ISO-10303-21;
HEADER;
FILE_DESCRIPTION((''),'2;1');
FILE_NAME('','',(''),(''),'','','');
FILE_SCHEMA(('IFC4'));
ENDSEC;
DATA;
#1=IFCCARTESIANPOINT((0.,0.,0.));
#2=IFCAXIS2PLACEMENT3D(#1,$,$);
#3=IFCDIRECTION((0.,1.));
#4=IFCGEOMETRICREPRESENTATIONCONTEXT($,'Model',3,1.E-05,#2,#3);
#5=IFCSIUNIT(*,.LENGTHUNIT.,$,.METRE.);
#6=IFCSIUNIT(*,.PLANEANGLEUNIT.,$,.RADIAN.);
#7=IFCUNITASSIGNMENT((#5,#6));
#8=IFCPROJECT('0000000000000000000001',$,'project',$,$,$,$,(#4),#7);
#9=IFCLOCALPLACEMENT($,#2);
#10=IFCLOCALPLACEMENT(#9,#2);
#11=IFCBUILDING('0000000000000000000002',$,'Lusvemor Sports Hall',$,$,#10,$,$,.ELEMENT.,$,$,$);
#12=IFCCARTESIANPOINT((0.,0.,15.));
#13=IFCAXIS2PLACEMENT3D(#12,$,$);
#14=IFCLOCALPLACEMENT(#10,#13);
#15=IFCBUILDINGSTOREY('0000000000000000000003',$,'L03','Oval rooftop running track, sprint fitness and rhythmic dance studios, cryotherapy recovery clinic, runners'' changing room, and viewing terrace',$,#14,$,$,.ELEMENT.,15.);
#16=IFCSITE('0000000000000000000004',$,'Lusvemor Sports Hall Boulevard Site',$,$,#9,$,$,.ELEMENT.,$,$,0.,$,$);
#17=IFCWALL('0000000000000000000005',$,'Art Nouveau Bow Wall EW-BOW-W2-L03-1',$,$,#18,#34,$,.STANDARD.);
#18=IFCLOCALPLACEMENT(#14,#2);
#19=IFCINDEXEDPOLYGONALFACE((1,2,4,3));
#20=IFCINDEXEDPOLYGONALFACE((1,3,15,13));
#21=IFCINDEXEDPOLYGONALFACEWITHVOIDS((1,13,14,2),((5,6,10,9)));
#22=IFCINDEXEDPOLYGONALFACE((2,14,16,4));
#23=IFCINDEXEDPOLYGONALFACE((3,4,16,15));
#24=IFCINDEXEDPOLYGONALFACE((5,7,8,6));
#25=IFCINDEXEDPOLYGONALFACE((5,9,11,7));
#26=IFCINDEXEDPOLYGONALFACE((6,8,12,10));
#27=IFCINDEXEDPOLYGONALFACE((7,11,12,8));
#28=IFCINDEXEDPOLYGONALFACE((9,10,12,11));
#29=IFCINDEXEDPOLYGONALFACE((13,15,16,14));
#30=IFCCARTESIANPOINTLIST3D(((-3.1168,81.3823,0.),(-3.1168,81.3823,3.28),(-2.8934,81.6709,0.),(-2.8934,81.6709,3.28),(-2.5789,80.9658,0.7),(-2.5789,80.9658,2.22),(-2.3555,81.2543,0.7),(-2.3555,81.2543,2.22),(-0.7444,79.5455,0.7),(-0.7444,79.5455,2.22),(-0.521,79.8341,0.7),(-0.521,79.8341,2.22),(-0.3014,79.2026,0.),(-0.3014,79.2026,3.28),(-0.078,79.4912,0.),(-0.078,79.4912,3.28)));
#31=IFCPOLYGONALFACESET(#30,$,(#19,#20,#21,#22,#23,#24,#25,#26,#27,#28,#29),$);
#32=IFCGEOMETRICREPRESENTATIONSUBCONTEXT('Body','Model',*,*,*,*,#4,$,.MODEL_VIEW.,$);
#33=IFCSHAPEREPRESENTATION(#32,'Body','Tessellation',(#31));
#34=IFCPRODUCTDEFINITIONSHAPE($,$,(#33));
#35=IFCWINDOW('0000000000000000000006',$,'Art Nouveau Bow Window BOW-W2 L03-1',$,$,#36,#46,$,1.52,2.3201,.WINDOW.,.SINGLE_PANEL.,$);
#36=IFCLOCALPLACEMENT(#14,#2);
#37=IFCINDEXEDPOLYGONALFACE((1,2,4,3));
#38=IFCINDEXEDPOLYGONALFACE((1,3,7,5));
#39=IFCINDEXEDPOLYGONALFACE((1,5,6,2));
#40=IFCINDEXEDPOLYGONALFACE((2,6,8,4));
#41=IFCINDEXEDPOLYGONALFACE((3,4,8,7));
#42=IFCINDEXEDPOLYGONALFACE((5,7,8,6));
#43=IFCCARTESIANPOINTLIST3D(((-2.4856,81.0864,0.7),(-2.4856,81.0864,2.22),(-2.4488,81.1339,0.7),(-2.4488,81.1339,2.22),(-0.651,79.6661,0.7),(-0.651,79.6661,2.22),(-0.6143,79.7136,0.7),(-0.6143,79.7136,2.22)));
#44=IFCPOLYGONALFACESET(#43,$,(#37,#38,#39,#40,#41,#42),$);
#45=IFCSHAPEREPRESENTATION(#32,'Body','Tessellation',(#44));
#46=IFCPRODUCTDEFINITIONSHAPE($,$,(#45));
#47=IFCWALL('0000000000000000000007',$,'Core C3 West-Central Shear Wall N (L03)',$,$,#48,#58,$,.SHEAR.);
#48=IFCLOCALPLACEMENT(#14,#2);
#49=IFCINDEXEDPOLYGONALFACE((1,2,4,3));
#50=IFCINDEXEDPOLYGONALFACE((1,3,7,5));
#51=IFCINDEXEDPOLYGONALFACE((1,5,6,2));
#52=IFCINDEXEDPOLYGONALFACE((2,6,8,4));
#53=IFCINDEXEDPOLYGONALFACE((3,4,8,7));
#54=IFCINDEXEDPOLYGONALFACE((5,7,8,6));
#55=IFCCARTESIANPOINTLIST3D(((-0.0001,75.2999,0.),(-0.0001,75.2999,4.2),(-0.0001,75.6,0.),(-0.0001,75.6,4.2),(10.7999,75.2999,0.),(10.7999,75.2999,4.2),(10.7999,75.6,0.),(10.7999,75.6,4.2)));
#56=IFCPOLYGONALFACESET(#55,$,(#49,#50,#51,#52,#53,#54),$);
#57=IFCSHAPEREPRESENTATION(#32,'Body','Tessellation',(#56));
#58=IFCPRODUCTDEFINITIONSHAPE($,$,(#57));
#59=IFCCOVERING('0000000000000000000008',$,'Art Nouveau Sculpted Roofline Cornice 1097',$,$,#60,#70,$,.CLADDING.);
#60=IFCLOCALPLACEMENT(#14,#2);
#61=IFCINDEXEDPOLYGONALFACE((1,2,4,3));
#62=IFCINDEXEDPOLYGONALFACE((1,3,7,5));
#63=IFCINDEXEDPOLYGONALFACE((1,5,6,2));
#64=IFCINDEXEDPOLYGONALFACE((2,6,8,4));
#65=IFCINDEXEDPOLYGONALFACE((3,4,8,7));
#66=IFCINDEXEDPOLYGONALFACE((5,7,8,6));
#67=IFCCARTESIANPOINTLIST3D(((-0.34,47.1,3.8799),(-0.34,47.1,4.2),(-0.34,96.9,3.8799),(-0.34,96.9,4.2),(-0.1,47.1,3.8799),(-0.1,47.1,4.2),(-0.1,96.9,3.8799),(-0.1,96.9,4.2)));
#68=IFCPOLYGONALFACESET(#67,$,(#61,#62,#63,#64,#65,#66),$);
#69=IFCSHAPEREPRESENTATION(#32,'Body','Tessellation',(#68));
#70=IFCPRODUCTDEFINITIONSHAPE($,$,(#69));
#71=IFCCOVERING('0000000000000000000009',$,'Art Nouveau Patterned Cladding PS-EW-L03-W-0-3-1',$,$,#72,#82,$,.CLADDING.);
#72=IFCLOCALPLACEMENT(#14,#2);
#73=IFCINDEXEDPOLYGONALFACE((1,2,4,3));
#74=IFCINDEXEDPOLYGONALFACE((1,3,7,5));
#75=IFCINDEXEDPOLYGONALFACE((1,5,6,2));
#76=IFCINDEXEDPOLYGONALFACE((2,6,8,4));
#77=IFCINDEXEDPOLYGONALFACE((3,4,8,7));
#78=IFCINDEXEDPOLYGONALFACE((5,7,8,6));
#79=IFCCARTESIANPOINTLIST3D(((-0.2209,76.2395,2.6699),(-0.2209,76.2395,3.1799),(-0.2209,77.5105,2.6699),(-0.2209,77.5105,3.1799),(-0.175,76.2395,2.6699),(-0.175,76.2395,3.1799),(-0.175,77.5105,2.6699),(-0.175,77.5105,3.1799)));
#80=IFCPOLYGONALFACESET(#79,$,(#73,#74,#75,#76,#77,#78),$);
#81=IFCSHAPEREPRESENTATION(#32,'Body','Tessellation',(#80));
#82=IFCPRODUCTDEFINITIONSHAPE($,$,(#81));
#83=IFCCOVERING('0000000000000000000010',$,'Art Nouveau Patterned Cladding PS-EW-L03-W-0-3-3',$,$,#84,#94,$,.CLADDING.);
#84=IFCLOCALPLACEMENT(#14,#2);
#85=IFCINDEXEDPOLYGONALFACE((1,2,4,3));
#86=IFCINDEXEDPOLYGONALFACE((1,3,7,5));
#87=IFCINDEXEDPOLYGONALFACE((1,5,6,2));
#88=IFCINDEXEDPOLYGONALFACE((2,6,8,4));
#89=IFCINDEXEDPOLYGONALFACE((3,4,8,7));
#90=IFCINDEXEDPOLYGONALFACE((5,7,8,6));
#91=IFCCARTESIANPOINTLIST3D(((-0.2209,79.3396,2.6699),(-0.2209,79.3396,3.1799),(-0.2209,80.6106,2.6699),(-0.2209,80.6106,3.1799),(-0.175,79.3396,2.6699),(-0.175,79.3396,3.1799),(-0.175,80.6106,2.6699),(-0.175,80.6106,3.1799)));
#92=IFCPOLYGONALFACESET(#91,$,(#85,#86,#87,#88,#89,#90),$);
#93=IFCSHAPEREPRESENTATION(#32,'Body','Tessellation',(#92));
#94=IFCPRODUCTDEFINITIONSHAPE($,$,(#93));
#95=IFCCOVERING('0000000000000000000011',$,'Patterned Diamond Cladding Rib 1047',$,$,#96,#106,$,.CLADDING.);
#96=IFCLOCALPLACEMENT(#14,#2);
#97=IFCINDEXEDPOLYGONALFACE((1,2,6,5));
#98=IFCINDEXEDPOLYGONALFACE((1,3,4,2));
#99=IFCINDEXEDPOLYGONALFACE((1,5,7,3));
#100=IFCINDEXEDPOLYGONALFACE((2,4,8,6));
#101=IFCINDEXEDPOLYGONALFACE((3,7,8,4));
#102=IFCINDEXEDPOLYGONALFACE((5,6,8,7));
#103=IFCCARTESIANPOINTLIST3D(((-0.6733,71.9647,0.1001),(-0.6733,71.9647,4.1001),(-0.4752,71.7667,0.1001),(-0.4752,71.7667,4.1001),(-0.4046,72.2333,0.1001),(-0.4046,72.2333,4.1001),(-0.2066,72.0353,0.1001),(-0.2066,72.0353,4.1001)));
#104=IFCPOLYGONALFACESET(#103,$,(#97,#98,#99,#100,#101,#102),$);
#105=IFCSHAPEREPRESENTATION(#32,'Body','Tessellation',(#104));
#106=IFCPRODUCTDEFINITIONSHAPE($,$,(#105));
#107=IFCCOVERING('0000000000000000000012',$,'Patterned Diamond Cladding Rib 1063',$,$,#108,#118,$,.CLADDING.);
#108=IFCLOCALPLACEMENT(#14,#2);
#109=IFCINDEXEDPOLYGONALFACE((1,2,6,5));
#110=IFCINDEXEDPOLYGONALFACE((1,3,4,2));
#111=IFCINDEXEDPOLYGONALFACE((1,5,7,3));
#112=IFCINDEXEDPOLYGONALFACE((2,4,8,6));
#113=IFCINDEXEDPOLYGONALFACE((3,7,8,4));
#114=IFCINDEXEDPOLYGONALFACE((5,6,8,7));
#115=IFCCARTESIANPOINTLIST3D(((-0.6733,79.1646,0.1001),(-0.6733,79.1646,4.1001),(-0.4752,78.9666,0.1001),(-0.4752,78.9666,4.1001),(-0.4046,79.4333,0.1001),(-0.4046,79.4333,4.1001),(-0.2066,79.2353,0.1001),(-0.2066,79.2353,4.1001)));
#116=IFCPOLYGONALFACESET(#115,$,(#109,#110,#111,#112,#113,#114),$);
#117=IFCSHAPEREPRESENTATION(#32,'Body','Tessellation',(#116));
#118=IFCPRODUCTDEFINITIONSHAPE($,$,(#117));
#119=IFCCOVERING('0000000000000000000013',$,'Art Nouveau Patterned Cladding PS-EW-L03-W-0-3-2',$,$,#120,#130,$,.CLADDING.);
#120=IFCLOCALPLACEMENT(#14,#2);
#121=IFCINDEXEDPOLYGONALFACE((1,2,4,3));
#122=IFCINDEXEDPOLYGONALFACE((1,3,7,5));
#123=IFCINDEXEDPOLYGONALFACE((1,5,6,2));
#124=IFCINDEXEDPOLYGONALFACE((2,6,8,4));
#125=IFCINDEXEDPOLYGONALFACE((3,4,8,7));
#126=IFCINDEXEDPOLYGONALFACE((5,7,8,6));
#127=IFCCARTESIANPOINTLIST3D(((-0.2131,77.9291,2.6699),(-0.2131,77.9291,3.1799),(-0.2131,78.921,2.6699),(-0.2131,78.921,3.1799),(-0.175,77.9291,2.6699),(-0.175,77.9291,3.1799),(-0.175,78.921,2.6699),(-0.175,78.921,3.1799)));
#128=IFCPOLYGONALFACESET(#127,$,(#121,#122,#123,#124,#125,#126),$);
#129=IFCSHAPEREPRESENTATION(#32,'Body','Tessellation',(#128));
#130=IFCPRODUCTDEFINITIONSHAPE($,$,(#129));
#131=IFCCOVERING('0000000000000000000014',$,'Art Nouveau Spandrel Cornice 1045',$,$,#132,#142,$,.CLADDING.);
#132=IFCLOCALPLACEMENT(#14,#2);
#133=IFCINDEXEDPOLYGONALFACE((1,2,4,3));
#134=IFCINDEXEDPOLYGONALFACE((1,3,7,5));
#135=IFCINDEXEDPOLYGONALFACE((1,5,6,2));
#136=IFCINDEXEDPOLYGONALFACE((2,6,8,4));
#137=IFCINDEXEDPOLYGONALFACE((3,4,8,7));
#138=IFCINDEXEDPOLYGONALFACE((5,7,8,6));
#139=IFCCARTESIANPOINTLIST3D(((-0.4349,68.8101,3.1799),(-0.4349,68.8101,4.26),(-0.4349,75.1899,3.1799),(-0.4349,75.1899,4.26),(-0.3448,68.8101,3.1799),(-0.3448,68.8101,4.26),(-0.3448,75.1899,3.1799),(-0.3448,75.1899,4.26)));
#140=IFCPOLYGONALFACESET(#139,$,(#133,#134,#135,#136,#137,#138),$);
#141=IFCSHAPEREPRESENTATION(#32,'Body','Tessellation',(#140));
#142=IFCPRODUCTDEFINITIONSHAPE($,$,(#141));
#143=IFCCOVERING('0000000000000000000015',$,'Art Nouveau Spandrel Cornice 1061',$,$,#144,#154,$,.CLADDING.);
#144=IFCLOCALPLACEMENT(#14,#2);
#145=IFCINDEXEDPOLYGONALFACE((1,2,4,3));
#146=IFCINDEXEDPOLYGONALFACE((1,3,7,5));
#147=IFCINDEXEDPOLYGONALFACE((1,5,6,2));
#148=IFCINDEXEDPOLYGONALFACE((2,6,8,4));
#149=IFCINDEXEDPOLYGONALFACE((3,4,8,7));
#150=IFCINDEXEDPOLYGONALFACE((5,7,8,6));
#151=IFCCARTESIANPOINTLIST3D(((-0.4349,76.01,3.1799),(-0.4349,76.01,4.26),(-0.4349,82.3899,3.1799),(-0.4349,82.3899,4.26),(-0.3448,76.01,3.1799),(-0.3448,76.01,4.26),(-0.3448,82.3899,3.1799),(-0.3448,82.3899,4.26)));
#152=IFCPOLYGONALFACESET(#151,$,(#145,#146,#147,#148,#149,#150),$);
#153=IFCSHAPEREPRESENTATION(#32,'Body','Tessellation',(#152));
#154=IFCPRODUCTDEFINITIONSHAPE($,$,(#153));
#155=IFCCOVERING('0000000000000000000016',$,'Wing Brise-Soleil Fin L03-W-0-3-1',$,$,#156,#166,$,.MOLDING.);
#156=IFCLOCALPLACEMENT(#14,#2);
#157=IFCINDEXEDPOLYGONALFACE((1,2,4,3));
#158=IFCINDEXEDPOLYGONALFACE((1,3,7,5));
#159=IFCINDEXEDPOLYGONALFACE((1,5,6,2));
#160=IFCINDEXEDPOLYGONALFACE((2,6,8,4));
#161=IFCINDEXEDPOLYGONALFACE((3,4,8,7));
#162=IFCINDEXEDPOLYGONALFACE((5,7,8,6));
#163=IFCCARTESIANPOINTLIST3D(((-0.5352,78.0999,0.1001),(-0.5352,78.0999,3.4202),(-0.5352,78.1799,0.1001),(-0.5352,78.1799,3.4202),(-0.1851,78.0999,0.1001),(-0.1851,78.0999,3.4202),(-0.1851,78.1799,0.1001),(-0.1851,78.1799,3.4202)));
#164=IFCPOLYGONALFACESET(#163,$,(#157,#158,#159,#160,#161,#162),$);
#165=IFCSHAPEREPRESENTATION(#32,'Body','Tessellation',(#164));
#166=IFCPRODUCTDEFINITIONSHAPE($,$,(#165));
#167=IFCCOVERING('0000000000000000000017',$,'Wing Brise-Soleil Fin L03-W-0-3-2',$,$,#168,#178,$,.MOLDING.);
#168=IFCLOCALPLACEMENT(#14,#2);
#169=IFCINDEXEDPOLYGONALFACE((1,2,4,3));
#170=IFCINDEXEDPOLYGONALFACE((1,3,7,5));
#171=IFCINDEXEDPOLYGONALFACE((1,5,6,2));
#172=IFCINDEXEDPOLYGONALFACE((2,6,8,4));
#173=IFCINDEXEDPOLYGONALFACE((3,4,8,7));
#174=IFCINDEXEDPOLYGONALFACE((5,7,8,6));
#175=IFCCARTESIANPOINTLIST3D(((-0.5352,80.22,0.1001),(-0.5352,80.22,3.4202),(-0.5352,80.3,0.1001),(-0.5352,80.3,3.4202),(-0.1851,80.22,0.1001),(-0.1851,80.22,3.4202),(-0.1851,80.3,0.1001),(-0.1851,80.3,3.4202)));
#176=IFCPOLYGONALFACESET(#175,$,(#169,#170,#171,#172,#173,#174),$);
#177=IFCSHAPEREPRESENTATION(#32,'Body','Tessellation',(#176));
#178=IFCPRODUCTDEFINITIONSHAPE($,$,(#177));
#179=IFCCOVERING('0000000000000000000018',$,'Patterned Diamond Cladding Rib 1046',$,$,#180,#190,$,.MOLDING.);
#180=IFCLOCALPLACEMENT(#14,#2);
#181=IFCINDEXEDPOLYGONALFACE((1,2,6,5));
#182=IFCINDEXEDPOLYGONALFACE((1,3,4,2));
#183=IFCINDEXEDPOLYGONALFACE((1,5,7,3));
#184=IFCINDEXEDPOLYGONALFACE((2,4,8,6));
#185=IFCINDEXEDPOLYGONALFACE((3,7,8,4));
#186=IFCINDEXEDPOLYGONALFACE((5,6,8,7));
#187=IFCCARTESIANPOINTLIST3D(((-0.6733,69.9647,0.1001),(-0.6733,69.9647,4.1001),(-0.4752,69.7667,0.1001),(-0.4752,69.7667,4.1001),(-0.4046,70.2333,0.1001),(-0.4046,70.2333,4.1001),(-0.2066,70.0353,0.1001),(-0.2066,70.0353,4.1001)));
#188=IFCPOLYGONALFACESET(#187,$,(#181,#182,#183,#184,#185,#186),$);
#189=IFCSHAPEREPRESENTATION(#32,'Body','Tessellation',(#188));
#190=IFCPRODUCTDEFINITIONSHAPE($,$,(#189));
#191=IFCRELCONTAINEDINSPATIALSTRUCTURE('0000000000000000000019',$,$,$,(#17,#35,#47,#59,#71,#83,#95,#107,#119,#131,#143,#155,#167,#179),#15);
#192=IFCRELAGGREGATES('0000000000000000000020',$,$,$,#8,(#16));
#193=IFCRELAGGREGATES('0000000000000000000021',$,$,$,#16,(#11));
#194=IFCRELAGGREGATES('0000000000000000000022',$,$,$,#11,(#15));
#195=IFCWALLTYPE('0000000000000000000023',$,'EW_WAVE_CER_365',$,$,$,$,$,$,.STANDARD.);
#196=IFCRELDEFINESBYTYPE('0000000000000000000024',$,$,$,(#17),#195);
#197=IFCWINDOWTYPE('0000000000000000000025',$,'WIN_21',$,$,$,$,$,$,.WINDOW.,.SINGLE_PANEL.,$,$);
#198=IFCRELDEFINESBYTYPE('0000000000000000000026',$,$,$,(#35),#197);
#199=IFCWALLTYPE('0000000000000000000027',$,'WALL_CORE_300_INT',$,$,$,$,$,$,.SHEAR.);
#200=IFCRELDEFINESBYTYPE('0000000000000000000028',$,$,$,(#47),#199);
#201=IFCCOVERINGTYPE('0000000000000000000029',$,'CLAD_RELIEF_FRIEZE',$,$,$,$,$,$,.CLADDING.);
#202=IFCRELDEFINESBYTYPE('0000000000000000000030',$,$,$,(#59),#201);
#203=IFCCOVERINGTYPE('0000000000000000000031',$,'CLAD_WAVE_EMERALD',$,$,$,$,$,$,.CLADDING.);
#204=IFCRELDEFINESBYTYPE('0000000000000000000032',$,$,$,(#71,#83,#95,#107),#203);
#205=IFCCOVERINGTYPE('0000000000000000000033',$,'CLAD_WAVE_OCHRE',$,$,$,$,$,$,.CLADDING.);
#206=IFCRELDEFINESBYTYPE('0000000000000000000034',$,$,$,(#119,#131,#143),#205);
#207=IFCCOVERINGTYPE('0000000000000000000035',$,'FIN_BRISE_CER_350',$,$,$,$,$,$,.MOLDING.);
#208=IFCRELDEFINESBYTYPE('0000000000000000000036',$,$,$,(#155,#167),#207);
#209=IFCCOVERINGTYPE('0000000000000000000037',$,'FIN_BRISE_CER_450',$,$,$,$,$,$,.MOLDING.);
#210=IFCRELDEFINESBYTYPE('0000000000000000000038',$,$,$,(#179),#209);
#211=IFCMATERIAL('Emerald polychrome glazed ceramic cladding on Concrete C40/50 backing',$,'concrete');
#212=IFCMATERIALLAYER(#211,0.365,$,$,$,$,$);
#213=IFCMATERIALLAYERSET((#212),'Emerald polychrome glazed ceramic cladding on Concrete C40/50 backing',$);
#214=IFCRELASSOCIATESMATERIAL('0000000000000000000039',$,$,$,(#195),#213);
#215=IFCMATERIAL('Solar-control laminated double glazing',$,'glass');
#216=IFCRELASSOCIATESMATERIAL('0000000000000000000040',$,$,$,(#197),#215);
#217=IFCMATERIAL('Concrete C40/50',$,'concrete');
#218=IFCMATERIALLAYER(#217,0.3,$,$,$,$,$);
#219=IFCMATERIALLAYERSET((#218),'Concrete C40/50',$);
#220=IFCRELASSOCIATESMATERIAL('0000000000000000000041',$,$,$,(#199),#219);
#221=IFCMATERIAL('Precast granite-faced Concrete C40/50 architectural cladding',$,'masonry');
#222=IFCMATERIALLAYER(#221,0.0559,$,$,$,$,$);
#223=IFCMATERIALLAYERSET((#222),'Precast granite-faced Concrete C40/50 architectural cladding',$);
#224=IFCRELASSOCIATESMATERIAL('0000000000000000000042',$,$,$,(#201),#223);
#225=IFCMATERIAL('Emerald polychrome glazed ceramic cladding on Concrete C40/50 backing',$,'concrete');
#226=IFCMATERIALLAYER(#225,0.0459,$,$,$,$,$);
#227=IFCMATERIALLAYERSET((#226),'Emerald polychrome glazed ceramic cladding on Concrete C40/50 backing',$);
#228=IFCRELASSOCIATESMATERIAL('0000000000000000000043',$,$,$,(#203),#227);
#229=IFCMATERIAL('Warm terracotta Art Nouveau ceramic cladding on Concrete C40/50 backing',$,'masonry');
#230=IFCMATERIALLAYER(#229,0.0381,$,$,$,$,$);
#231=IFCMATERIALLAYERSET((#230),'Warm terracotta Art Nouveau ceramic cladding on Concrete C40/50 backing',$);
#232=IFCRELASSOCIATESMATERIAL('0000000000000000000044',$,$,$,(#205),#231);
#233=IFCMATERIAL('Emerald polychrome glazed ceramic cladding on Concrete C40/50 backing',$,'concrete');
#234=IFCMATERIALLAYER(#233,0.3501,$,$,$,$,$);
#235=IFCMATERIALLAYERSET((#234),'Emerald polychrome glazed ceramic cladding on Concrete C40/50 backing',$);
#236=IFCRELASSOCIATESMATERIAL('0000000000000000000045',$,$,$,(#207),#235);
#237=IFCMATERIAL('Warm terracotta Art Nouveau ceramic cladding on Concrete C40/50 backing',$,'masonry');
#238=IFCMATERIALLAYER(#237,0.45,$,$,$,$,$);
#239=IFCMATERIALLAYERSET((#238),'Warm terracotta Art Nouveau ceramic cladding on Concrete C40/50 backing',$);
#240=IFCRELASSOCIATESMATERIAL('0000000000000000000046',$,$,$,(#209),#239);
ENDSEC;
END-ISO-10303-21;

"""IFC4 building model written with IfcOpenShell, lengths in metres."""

from ifc_helpers import new_model, si_unit, direction, frame, frame_2d, origin, origin_2d, place, context, subcontext, project, spatial, rectangle, extrude, material, layer, layer_set, type_object, element, fill, save


model = new_model("IFC4")

# Units and contexts
model_context = context("Model", 3, precision=1e-05, world=origin(), true_north=direction((0.0, 1.0)))
body_context = subcontext(model_context, "Body", "Model", "MODEL_VIEW")
ifc_project = project(units=[si_unit("LENGTHUNIT", "METRE"), si_unit("PLANEANGLEUNIT", "RADIAN")], contexts=[model_context])

# Site, building, storey
site_placement = place(None, origin())
site = spatial("IfcSite", under=ifc_project, at=site_placement, Name="Lusvemor Sports Hall Boulevard Site", CompositionType="ELEMENT", RefElevation=0.0)
building_placement = place(site_placement, origin())
building = spatial("IfcBuilding", under=site, at=building_placement, Name="Lusvemor Sports Hall", CompositionType="ELEMENT")
storey_placement = place(building_placement, frame((0.0, 0.0, 15.0)))
storey = spatial("IfcBuildingStorey", under=building, at=storey_placement, Name="L03", Description="Oval rooftop running track, sprint fitness and rhythmic dance studios, cryotherapy recovery clinic, runners' changing room, and viewing terrace", CompositionType="ELEMENT", Elevation=15.0)

# Wall, opening, window
ifc_material_1 = material(Name="Emerald polychrome glazed ceramic cladding on Concrete C40/50 backing", Category="concrete")
ifc_layer_1 = layer(ifc_material_1, 0.365)
ifc_layer_set_1 = layer_set([ifc_layer_1], Name="Emerald polychrome glazed ceramic cladding on Concrete C40/50 backing")
wall_type_1 = type_object("IfcWallType", Name="EW_WAVE_CER_365", PredefinedType="STANDARD", material=ifc_layer_set_1)
wall_1_placement = place(storey_placement, frame((-0.1897, 79.3469, 0.0), z_axis=(0.0, 0.0, 1.0), x_axis=(-0.790724, 0.612173, 0.0)))
wall_1 = element("IfcWall", 1, at=wall_1_placement, inside=storey, type_object=wall_type_1, Name="Art Nouveau Bow Wall EW-BOW-W2-L03-1", PredefinedType="STANDARD", context=body_context, shape_type="SweptSolid", body=[
    extrude(rectangle(XDim=3.5605, YDim=0.365, at=frame_2d((1.7803, 0.0))), origin(), (0.0, 0.0, 1.0), 3.28),
])
opening_1_placement = place(wall_1_placement, frame((0.5601, 0.0, 0.7)))
opening_1 = element("IfcOpeningElement", 2, at=opening_1_placement, cuts=wall_1, PredefinedType="OPENING", context=body_context, shape_type="SweptSolid", body=[
    extrude(rectangle(XDim=2.3201, YDim=1.52, at=frame_2d((1.1602, 0.76))), frame((0.0, 0.1826, 0.0), z_axis=(0.0, -1.0, 0.0), x_axis=(1.0, 0.0, 0.0)), (0.0, 0.0, 1.0), 0.365),
])
ifc_material_2 = material(Name="Solar-control laminated double glazing", Category="glass")
window_type_1 = type_object("IfcWindowType", Name="WIN_21", PartitioningType="SINGLE_PANEL", PredefinedType="WINDOW", material=ifc_material_2)
window_1_placement = place(opening_1_placement, origin())
window_1 = element("IfcWindow", 3, at=window_1_placement, inside=storey, type_object=window_type_1, Name="Art Nouveau Bow Window BOW-W2 L03-1", OverallHeight=1.52, OverallWidth=2.3201, PartitioningType="SINGLE_PANEL", PredefinedType="WINDOW", context=body_context, shape_type="SweptSolid", body=[
    extrude(rectangle(XDim=2.3201, YDim=1.52, at=frame_2d((1.1602, 0.76))), frame((0.0, 0.03, 0.0), z_axis=(0.0, -1.0, 0.0), x_axis=(1.0, 0.0, 0.0)), (0.0, 0.0, 1.0), 0.0601),
])
fill(opening_1, window_1)

# Wall
ifc_material_3 = material(Name="Concrete C40/50", Category="concrete")
ifc_layer_2 = layer(ifc_material_3, 0.3)
ifc_layer_set_2 = layer_set([ifc_layer_2], Name="Concrete C40/50")
wall_type_2 = type_object("IfcWallType", Name="WALL_CORE_300_INT", PredefinedType="SHEAR", material=ifc_layer_set_2)
wall_2_placement = place(storey_placement, frame((0.0, 75.45, 0.0), z_axis=(0.0, 0.0, 1.0), x_axis=(1.0, 0.0, 0.0)))
element("IfcWall", 4, at=wall_2_placement, inside=storey, type_object=wall_type_2, Name="Core C3 West-Central Shear Wall N (L03)", PredefinedType="SHEAR", context=body_context, shape_type="SweptSolid", body=[
    extrude(rectangle(XDim=10.8, YDim=0.3, at=frame_2d((5.3999, 0.0))), origin(), (0.0, 0.0, 1.0), 4.2),
])

# Coverings
ifc_material_4 = material(Name="Precast granite-faced Concrete C40/50 architectural cladding", Category="masonry")
ifc_layer_3 = layer(ifc_material_4, 0.0559)
ifc_layer_set_3 = layer_set([ifc_layer_3], Name="Precast granite-faced Concrete C40/50 architectural cladding")
covering_type_1 = type_object("IfcCoveringType", Name="CLAD_RELIEF_FRIEZE", PredefinedType="CLADDING", material=ifc_layer_set_3)
covering_1_placement = place(storey_placement, frame((-0.22, 72.0, 3.8799), z_axis=(0.0, 0.0, 1.0), x_axis=(1.0, 0.0, 0.0)))
element("IfcCovering", 5, at=covering_1_placement, inside=storey, type_object=covering_type_1, Name="Art Nouveau Sculpted Roofline Cornice 1097", PredefinedType="CLADDING", context=body_context, shape_type="SweptSolid", body=[
    extrude(rectangle(XDim=0.24, YDim=49.8, at=origin_2d()), origin(), (0.0, 0.0, 1.0), 0.3201),
])
ifc_material_5 = material(Name="Emerald polychrome glazed ceramic cladding on Concrete C40/50 backing", Category="concrete")
ifc_layer_4 = layer(ifc_material_5, 0.0459)
ifc_layer_set_4 = layer_set([ifc_layer_4], Name="Emerald polychrome glazed ceramic cladding on Concrete C40/50 backing")
covering_type_2 = type_object("IfcCoveringType", Name="CLAD_WAVE_EMERALD", PredefinedType="CLADDING", material=ifc_layer_set_4)
for number, where, z_axis, x_axis, name in (
    (6, (-0.198, 76.875, 2.6699), (0.0, 0.0, 1.0), (1.0, 0.0, 0.0), "Art Nouveau Patterned Cladding PS-EW-L03-W-0-3-1"),
    (7, (-0.198, 79.9751, 2.6699), (0.0, 0.0, 1.0), (1.0, 0.0, 0.0), "Art Nouveau Patterned Cladding PS-EW-L03-W-0-3-3"),
):
    element("IfcCovering", number, at=place(storey_placement, frame(where, z_axis=z_axis, x_axis=x_axis)), inside=storey, type_object=covering_type_2, Name=name, PredefinedType="CLADDING", context=body_context, shape_type="SweptSolid", body=[
        extrude(rectangle(XDim=0.0459, YDim=1.271, at=origin_2d()), origin(), (0.0, 0.0, 1.0), 0.51),
    ])
for number, where, z_axis, x_axis, name in (
    (8, (-0.4399, 72.0, 0.1001), (0.0, 0.0, 1.0), (0.707107, 0.707107, 0.0), "Patterned Diamond Cladding Rib 1047"),
    (9, (-0.4399, 79.2, 0.1001), (0.0, 0.0, 1.0), (0.707107, 0.707107, 0.0), "Patterned Diamond Cladding Rib 1063"),
):
    element("IfcCovering", number, at=place(storey_placement, frame(where, z_axis=z_axis, x_axis=x_axis)), inside=storey, type_object=covering_type_2, Name=name, PredefinedType="CLADDING", context=body_context, shape_type="SweptSolid", body=[
        extrude(rectangle(XDim=0.3799, YDim=0.28, at=origin_2d()), origin(), (0.0, 0.0, 1.0), 4.0),
    ])
ifc_material_6 = material(Name="Warm terracotta Art Nouveau ceramic cladding on Concrete C40/50 backing", Category="masonry")
ifc_layer_5 = layer(ifc_material_6, 0.0381)
ifc_layer_set_5 = layer_set([ifc_layer_5], Name="Warm terracotta Art Nouveau ceramic cladding on Concrete C40/50 backing")
covering_type_3 = type_object("IfcCoveringType", Name="CLAD_WAVE_OCHRE", PredefinedType="CLADDING", material=ifc_layer_set_5)
covering_2_placement = place(storey_placement, frame((-0.1941, 78.425, 2.6699), z_axis=(0.0, 0.0, 1.0), x_axis=(1.0, 0.0, 0.0)))
element("IfcCovering", 10, at=covering_2_placement, inside=storey, type_object=covering_type_3, Name="Art Nouveau Patterned Cladding PS-EW-L03-W-0-3-2", PredefinedType="CLADDING", context=body_context, shape_type="SweptSolid", body=[
    extrude(rectangle(XDim=0.0381, YDim=0.9919, at=origin_2d()), origin(), (0.0, 0.0, 1.0), 0.51),
])
for number, where, z_axis, x_axis, name in (
    (11, (-0.3899, 72.0, 3.1799), (0.0, 0.0, 1.0), (1.0, 0.0, 0.0), "Art Nouveau Spandrel Cornice 1045"),
    (12, (-0.3899, 79.2, 3.1799), (0.0, 0.0, 1.0), (1.0, 0.0, 0.0), "Art Nouveau Spandrel Cornice 1061"),
):
    element("IfcCovering", number, at=place(storey_placement, frame(where, z_axis=z_axis, x_axis=x_axis)), inside=storey, type_object=covering_type_3, Name=name, PredefinedType="CLADDING", context=body_context, shape_type="SweptSolid", body=[
        extrude(rectangle(XDim=0.0901, YDim=6.3799, at=origin_2d()), origin(), (0.0, 0.0, 1.0), 1.0801),
    ])
ifc_material_7 = material(Name="Emerald polychrome glazed ceramic cladding on Concrete C40/50 backing", Category="concrete")
ifc_layer_6 = layer(ifc_material_7, 0.3501)
ifc_layer_set_6 = layer_set([ifc_layer_6], Name="Emerald polychrome glazed ceramic cladding on Concrete C40/50 backing")
covering_type_4 = type_object("IfcCoveringType", Name="FIN_BRISE_CER_350", PredefinedType="MOLDING", material=ifc_layer_set_6)
for number, where, z_axis, x_axis, name in (
    (13, (-0.3601, 78.1399, 0.1001), (0.0, 0.0, 1.0), (1.0, 0.0, 0.0), "Wing Brise-Soleil Fin L03-W-0-3-1"),
    (14, (-0.3601, 80.26, 0.1001), (0.0, 0.0, 1.0), (1.0, 0.0, 0.0), "Wing Brise-Soleil Fin L03-W-0-3-2"),
):
    element("IfcCovering", number, at=place(storey_placement, frame(where, z_axis=z_axis, x_axis=x_axis)), inside=storey, type_object=covering_type_4, Name=name, PredefinedType="MOLDING", context=body_context, shape_type="SweptSolid", body=[
        extrude(rectangle(XDim=0.3501, YDim=0.0801, at=origin_2d()), origin(), (0.0, 0.0, 1.0), 3.3201),
    ])
ifc_material_8 = material(Name="Warm terracotta Art Nouveau ceramic cladding on Concrete C40/50 backing", Category="masonry")
ifc_layer_7 = layer(ifc_material_8, 0.45)
ifc_layer_set_7 = layer_set([ifc_layer_7], Name="Warm terracotta Art Nouveau ceramic cladding on Concrete C40/50 backing")
covering_type_5 = type_object("IfcCoveringType", Name="FIN_BRISE_CER_450", PredefinedType="MOLDING", material=ifc_layer_set_7)
for number, where, z_axis, x_axis, name in (
    (15, (-0.4399, 70.0, 0.1001), (0.0, 0.0, 1.0), (0.707107, 0.707107, 0.0), "Patterned Diamond Cladding Rib 1046"),
):
    element("IfcCovering", number, at=place(storey_placement, frame(where, z_axis=z_axis, x_axis=x_axis)), inside=storey, type_object=covering_type_5, Name=name, PredefinedType="MOLDING", context=body_context, shape_type="SweptSolid", body=[
        extrude(rectangle(XDim=0.3799, YDim=0.28, at=origin_2d()), origin(), (0.0, 0.0, 1.0), 4.0),
    ])

save(model, "model.ifc")
